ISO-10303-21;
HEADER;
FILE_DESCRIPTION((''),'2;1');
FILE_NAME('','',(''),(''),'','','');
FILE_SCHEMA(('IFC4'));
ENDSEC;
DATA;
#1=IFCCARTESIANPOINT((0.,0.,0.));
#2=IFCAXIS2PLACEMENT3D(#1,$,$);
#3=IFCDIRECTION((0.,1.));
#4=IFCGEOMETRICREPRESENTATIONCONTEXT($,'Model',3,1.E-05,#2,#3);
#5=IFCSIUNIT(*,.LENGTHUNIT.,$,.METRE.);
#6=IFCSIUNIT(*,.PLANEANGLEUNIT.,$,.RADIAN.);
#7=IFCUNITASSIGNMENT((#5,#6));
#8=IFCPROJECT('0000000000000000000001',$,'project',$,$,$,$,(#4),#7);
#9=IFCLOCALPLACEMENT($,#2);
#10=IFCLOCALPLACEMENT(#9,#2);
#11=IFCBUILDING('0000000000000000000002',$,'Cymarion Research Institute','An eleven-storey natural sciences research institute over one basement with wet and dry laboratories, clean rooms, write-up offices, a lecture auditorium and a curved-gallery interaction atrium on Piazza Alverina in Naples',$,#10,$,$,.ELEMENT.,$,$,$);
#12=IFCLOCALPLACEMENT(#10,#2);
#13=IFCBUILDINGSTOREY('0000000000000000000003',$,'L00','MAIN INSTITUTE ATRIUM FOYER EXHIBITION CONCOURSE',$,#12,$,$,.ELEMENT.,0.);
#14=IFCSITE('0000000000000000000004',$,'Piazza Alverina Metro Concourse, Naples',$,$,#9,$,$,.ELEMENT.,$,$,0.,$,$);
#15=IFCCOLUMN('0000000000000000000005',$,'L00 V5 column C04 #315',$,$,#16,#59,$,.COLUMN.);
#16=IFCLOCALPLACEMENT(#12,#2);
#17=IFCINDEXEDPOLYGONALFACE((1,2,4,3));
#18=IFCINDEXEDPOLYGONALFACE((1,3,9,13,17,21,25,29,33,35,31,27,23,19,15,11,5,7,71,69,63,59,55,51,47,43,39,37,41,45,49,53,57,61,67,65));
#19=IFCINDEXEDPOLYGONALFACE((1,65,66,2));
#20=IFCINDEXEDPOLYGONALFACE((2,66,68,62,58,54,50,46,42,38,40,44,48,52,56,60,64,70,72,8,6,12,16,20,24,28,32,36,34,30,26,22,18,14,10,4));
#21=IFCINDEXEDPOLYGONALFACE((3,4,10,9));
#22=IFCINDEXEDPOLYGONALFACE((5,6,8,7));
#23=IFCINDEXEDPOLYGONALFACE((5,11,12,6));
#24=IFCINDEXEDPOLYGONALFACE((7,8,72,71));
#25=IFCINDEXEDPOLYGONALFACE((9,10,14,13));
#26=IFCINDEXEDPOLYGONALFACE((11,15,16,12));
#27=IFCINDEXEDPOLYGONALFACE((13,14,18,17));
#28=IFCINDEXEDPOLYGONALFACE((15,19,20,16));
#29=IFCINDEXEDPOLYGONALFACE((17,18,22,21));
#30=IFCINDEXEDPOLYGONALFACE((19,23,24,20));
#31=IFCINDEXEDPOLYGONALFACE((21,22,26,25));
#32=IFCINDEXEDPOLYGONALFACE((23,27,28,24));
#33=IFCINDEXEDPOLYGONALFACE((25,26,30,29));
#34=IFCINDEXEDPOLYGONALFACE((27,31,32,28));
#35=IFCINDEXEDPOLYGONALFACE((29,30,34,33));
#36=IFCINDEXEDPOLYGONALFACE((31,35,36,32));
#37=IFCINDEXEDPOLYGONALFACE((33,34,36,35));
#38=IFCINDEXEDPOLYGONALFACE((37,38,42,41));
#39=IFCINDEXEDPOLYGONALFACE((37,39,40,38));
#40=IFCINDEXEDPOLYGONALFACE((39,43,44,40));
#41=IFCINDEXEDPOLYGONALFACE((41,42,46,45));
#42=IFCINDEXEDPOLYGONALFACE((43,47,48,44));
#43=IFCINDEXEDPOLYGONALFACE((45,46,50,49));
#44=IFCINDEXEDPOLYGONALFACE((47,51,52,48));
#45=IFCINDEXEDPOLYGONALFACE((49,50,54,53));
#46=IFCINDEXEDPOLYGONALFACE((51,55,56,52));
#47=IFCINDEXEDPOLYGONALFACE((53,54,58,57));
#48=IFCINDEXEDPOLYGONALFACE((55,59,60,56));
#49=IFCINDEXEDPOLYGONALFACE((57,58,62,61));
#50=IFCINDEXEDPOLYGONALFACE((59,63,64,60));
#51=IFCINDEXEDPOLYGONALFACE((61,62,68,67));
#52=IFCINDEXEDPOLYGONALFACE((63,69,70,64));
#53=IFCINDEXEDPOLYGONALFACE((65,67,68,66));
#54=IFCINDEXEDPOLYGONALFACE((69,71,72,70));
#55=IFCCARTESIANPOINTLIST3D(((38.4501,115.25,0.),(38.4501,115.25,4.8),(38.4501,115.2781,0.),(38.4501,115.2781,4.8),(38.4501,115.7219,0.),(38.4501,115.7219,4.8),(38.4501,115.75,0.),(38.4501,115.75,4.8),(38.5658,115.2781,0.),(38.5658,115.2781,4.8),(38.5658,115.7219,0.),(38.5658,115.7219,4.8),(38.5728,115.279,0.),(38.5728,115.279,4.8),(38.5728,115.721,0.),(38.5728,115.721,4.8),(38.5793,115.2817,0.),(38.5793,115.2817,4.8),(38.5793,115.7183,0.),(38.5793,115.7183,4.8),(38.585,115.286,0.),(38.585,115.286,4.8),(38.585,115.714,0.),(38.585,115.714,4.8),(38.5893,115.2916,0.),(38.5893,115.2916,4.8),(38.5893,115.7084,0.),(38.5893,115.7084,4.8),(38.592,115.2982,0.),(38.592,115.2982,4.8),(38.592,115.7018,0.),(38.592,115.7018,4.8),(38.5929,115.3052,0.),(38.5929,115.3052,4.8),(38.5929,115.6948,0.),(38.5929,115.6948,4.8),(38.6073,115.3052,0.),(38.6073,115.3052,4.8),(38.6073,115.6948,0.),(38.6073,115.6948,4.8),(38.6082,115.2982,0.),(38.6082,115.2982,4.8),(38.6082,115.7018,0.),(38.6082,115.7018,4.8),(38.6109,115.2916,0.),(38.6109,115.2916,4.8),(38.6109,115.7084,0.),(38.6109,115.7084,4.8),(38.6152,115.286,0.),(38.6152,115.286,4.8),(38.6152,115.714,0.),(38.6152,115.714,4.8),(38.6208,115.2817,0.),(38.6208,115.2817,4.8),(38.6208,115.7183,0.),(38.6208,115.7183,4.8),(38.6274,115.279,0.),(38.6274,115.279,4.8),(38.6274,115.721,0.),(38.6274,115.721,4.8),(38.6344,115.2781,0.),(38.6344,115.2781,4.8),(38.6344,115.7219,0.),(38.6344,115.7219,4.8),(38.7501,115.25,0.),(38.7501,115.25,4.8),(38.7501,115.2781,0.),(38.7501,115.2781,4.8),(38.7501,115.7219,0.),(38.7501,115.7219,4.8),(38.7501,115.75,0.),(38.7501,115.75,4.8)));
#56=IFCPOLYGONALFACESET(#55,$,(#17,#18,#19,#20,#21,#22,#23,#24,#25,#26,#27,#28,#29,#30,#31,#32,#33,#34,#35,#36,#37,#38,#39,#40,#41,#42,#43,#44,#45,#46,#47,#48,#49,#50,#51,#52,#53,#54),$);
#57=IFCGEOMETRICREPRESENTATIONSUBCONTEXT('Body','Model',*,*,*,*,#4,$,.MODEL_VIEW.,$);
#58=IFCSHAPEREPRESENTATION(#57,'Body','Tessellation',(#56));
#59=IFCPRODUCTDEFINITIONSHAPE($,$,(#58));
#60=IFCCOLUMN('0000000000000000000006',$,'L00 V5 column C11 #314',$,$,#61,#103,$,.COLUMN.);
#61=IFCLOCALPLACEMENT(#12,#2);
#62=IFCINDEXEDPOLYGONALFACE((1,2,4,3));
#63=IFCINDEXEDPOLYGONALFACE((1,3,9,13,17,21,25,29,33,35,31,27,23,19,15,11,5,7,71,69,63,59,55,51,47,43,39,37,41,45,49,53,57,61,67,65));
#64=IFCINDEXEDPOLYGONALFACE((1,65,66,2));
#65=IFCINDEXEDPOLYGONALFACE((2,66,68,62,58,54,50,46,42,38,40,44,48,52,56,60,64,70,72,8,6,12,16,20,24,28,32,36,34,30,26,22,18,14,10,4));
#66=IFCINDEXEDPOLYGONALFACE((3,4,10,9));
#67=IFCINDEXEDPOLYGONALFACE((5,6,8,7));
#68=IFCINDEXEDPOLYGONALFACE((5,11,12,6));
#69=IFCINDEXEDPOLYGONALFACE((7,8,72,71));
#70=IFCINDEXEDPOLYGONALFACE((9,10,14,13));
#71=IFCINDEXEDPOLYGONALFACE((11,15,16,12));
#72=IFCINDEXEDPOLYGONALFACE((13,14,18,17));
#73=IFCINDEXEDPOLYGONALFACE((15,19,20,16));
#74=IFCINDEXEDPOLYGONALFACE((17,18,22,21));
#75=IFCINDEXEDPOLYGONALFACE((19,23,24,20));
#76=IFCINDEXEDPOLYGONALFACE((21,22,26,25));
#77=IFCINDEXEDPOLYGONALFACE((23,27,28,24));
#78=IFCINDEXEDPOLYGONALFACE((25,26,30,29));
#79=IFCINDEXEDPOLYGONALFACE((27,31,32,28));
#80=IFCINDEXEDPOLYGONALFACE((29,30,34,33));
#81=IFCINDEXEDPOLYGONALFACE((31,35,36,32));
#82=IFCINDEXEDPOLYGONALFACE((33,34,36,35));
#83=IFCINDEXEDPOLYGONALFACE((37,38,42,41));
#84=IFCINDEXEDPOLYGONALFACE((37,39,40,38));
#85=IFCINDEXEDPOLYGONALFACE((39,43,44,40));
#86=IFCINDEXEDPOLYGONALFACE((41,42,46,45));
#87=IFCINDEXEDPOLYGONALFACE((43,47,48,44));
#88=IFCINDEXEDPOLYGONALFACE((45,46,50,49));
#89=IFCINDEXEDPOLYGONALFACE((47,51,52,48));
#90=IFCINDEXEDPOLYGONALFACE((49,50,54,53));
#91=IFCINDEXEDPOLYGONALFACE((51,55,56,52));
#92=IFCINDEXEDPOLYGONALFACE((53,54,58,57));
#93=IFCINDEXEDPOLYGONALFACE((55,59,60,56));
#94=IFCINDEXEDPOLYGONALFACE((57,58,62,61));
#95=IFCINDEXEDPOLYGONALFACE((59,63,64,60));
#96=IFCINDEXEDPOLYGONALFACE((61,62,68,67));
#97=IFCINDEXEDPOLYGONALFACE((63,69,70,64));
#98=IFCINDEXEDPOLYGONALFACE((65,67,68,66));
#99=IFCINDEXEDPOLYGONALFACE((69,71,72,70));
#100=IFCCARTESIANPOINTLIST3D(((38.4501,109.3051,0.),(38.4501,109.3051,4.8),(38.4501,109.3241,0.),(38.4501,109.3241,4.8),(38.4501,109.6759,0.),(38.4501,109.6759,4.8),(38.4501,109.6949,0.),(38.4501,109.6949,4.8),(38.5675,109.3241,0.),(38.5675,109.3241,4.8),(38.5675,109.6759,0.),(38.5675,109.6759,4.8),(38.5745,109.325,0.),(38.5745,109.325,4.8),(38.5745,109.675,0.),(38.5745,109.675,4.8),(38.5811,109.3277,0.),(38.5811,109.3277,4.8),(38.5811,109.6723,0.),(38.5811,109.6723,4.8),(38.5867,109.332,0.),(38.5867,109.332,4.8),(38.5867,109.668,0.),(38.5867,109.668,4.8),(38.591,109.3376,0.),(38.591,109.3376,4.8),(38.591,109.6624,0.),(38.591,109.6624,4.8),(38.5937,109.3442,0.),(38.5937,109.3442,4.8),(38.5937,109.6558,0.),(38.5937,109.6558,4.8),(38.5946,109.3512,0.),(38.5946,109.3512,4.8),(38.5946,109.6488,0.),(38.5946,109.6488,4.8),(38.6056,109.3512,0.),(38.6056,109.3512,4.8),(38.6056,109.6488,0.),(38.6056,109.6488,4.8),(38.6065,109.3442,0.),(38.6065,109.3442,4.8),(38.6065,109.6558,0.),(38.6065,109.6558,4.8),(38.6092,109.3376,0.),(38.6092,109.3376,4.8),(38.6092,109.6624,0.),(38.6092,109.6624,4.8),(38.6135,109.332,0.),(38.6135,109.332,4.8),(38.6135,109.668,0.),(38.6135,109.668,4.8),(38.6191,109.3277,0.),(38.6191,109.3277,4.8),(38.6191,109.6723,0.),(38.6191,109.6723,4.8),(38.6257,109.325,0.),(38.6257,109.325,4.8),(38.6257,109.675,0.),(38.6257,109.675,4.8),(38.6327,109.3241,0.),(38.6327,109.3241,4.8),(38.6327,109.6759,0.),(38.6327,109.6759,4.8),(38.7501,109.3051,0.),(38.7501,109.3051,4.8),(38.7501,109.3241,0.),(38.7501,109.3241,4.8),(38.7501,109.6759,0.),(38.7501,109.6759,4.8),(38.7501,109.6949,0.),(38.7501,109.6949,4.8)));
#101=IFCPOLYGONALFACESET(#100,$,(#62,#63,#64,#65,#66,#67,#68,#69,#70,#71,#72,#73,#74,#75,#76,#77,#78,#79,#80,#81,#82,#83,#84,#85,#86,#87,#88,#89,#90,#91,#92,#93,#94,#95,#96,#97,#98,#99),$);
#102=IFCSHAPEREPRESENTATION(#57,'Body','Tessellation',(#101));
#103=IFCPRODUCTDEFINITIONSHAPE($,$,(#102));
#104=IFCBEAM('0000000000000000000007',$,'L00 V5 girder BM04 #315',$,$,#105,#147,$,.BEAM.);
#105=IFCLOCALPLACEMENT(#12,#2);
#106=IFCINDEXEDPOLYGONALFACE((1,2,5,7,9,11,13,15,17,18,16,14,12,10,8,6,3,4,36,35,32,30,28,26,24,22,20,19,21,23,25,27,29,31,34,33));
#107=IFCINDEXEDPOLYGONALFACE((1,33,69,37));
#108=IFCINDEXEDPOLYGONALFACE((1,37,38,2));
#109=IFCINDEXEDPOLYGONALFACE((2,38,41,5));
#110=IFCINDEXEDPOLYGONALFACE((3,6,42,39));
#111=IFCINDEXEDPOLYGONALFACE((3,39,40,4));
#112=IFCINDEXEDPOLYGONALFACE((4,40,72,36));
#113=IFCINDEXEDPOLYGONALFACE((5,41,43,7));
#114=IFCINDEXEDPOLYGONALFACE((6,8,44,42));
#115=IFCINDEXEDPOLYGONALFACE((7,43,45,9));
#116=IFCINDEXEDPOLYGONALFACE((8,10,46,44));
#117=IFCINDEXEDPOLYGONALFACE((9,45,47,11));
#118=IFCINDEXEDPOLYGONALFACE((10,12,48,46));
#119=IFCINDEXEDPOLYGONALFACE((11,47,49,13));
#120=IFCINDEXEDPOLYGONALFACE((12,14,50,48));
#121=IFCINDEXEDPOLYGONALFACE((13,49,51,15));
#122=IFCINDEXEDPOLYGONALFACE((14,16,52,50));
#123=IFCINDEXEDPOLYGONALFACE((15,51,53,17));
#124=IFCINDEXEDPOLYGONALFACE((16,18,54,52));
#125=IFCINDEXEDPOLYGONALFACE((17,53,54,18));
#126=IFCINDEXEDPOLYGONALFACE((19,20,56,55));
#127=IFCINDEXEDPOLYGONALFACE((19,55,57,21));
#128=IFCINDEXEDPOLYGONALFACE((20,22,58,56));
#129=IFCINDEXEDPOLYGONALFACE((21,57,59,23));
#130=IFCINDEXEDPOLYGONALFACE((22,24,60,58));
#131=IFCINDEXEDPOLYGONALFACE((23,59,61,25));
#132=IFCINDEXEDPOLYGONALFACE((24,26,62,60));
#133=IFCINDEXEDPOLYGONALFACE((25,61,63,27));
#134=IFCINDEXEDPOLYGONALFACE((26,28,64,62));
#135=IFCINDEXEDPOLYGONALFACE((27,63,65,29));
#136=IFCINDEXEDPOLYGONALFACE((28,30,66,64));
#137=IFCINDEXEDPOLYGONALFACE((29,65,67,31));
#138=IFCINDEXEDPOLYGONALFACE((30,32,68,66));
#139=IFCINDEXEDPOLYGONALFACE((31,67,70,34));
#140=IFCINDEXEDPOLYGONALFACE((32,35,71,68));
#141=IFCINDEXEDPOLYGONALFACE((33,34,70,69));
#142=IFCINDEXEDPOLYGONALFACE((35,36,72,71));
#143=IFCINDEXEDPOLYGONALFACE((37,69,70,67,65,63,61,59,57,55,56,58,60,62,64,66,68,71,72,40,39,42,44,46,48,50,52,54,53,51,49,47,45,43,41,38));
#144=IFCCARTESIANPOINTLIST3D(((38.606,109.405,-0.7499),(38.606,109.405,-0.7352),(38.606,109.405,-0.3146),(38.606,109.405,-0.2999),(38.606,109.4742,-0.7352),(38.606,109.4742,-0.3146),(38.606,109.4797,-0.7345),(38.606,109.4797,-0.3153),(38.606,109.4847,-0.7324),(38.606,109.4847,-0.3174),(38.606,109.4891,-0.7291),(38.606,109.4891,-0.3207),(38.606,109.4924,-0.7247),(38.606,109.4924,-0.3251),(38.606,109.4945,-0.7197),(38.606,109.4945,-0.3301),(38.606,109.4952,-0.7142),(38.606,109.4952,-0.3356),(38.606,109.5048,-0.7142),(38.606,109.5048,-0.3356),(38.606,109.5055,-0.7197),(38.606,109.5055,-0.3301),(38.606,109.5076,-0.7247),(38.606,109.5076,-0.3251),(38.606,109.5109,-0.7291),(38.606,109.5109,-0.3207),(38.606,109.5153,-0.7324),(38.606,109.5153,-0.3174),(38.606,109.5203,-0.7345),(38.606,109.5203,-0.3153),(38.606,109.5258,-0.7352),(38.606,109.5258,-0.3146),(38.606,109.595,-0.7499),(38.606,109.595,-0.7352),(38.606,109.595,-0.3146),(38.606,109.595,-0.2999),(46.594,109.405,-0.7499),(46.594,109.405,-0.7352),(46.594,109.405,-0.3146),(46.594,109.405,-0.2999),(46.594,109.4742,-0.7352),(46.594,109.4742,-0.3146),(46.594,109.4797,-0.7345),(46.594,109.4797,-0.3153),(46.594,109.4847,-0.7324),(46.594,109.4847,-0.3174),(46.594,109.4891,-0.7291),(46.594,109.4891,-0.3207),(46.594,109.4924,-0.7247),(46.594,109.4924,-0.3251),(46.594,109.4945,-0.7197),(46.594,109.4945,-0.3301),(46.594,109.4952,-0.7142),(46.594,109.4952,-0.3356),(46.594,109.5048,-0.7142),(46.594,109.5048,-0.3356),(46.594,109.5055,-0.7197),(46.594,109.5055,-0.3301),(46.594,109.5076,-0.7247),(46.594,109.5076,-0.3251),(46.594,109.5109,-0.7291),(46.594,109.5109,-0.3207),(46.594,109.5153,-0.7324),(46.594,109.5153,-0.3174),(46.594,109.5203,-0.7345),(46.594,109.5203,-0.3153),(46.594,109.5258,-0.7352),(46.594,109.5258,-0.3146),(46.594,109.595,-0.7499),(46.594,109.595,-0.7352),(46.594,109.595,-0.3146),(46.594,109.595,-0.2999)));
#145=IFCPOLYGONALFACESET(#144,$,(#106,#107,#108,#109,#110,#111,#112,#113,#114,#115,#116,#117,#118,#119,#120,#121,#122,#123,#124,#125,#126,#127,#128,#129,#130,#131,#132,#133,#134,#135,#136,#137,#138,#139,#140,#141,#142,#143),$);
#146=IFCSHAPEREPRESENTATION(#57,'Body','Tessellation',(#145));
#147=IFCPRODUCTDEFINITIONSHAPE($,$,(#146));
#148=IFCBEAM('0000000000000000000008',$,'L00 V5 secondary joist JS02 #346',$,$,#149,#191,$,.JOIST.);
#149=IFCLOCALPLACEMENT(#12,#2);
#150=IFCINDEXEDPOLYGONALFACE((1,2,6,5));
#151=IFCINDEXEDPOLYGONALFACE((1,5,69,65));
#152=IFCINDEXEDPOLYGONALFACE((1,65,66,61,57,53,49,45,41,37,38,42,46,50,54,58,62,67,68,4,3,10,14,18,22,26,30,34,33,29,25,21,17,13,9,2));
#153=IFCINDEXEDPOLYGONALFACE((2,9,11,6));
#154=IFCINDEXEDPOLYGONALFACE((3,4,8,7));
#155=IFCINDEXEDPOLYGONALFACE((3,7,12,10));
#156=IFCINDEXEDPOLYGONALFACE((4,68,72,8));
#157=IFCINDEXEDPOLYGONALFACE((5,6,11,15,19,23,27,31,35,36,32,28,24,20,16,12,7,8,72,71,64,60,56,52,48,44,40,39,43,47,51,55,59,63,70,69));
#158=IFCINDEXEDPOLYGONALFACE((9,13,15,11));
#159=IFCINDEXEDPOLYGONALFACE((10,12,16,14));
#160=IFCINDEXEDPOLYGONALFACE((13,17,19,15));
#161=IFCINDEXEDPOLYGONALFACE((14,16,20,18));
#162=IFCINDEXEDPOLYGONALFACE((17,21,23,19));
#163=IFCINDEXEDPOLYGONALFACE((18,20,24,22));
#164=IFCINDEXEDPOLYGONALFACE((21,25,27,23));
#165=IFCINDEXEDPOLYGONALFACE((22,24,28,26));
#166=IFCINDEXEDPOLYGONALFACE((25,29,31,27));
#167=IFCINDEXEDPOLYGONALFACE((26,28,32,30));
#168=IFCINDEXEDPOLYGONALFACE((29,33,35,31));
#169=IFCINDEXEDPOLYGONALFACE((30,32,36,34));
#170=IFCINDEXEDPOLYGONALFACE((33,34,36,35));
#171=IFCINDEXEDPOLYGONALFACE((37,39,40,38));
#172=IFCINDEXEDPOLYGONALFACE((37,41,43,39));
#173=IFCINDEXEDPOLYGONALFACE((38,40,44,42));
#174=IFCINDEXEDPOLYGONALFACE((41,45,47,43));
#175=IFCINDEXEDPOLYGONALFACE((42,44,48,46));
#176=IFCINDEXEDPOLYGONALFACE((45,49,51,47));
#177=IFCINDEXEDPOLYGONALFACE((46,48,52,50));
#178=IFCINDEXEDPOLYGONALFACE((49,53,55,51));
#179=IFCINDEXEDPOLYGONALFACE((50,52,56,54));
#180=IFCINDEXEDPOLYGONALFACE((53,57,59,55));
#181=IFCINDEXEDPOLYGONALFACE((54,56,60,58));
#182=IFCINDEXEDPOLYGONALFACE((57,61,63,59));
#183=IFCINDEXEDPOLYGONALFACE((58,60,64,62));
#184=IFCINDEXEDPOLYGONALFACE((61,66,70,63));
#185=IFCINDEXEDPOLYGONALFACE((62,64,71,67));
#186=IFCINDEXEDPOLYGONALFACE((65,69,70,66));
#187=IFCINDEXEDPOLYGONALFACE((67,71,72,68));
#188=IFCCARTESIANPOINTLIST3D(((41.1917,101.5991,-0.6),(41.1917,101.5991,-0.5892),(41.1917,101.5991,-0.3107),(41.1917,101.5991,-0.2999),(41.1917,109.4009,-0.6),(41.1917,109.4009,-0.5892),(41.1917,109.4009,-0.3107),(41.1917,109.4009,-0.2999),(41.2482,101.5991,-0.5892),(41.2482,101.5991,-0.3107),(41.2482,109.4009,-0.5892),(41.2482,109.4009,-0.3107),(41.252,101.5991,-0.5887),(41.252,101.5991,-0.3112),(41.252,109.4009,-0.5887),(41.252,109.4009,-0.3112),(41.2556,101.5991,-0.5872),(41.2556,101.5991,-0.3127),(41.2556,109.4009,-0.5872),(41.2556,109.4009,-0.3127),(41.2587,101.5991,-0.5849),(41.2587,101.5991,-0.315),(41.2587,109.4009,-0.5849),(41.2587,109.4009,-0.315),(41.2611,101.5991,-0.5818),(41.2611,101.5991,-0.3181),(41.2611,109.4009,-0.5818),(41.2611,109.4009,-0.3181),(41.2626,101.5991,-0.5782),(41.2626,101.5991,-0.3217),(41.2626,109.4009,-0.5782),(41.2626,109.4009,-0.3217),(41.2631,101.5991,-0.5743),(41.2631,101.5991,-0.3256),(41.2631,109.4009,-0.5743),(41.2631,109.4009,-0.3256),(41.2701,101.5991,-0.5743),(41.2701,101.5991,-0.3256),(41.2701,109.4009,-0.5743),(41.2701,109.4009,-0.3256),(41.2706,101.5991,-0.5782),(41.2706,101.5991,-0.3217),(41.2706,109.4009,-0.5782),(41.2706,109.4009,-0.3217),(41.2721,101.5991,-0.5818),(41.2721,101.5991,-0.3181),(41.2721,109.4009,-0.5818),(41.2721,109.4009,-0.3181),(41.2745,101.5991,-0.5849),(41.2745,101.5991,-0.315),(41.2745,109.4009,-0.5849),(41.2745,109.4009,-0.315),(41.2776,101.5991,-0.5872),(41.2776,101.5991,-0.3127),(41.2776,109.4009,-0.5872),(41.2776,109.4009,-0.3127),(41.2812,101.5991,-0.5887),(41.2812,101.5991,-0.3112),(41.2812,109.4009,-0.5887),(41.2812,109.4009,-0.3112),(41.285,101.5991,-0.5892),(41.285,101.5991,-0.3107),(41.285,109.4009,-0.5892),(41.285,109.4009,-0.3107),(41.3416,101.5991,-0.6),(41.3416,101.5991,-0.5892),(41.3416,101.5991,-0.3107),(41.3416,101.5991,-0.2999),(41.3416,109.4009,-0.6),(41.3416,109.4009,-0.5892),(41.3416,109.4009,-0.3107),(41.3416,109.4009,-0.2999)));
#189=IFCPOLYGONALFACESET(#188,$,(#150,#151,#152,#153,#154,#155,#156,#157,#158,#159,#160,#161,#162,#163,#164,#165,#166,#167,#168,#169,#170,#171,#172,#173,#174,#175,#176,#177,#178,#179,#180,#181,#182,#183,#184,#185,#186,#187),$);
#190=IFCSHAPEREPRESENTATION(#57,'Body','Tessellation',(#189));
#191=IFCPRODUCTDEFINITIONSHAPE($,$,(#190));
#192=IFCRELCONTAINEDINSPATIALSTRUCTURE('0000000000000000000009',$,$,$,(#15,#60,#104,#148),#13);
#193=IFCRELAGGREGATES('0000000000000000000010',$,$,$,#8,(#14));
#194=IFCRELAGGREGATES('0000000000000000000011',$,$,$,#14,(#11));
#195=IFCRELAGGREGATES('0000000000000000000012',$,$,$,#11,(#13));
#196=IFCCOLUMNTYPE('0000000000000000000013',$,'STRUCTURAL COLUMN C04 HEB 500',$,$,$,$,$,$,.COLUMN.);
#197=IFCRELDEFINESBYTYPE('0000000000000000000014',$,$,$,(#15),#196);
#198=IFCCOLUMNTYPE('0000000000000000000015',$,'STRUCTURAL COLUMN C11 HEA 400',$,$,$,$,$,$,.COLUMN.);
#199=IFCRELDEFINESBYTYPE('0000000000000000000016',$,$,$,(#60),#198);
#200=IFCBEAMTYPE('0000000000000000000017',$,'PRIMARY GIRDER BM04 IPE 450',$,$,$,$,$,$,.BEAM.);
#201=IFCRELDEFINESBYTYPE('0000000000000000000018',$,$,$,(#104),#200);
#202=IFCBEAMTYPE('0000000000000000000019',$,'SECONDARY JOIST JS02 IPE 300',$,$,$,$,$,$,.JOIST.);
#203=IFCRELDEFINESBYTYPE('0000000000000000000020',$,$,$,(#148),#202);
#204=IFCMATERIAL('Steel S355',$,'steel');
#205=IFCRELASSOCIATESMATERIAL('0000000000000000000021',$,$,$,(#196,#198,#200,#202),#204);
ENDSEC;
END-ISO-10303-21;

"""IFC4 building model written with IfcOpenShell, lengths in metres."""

from ifc_helpers import new_model, si_unit, direction, frame, origin, origin_2d, place, context, subcontext, project, spatial, i_section, extrude, material, material_profile, profile_set, type_object, element, save


model = new_model("IFC4")

# Units and contexts
model_context = context("Model", 3, precision=1e-05, world=origin(), true_north=direction((0.0, 1.0)))
body_context = subcontext(model_context, "Body", "Model", "MODEL_VIEW")
ifc_project = project(units=[si_unit("LENGTHUNIT", "METRE"), si_unit("PLANEANGLEUNIT", "RADIAN")], contexts=[model_context])

# Site, building, storey
site_placement = place(None, origin())
site = spatial("IfcSite", under=ifc_project, at=site_placement, Name="Piazza Alverina Metro Concourse, Naples", CompositionType="ELEMENT", RefElevation=0.0)
building_placement = place(site_placement, origin())
building = spatial("IfcBuilding", under=site, at=building_placement, Name="Cymarion Research Institute", Description="An eleven-storey natural sciences research institute over one basement with wet and dry laboratories, clean rooms, write-up offices, a lecture auditorium and a curved-gallery interaction atrium on Piazza Alverina in Naples", CompositionType="ELEMENT")
storey_placement = place(building_placement, origin())
storey = spatial("IfcBuildingStorey", under=building, at=storey_placement, Name="L00", Description="MAIN INSTITUTE ATRIUM FOYER EXHIBITION CONCOURSE", CompositionType="ELEMENT", Elevation=0.0)

# Columns
ifc_material_1 = material(Name="Steel S355", Category="steel")
ifc_material_profile_1 = material_profile(ifc_material_1, i_section(OverallWidth=0.3, OverallDepth=0.5, WebThickness=0.0144, FlangeThickness=0.0281, FilletRadius=0.0271, at=origin_2d()), Name="HEB 500")
ifc_profile_set_1 = profile_set([ifc_material_profile_1], Name="Steel S355")
column_type_1 = type_object("IfcColumnType", Name="STRUCTURAL COLUMN C04 HEB 500", PredefinedType="COLUMN", material=ifc_profile_set_1)
column_1_placement = place(storey_placement, frame((38.6001, 115.5, 0.0), z_axis=(0.0, 0.0, 1.0), x_axis=(1.0, 0.0, 0.0)))
element("IfcColumn", 1, at=column_1_placement, inside=storey, type_object=column_type_1, Name="L00 V5 column C04 #315", PredefinedType="COLUMN", context=body_context, shape_type="SweptSolid", body=[
    extrude(i_section(OverallWidth=0.3, OverallDepth=0.5, WebThickness=0.0144, FlangeThickness=0.0281, FilletRadius=0.0271, at=origin_2d()), origin(), (0.0, 0.0, 1.0), 4.8),
])
ifc_material_profile_2 = material_profile(ifc_material_1, i_section(OverallWidth=0.3, OverallDepth=0.3899, WebThickness=0.011, FlangeThickness=0.019, FilletRadius=0.0271, at=origin_2d()), Name="HEA 400")
ifc_profile_set_2 = profile_set([ifc_material_profile_2], Name="Steel S355")
column_type_2 = type_object("IfcColumnType", Name="STRUCTURAL COLUMN C11 HEA 400", PredefinedType="COLUMN", material=ifc_profile_set_2)
column_2_placement = place(storey_placement, frame((38.6001, 109.5, 0.0), z_axis=(0.0, 0.0, 1.0), x_axis=(1.0, 0.0, 0.0)))
element("IfcColumn", 2, at=column_2_placement, inside=storey, type_object=column_type_2, Name="L00 V5 column C11 #314", PredefinedType="COLUMN", context=body_context, shape_type="SweptSolid", body=[
    extrude(i_section(OverallWidth=0.3, OverallDepth=0.3899, WebThickness=0.011, FlangeThickness=0.019, FilletRadius=0.0271, at=origin_2d()), origin(), (0.0, 0.0, 1.0), 4.8),
])

# Beams
ifc_material_profile_3 = material_profile(ifc_material_1, i_section(OverallWidth=0.1899, OverallDepth=0.45, WebThickness=0.0095, FlangeThickness=0.0146, FilletRadius=0.021, at=origin_2d()), Name="IPE 450")
ifc_profile_set_3 = profile_set([ifc_material_profile_3], Name="Steel S355")
beam_type_1 = type_object("IfcBeamType", Name="PRIMARY GIRDER BM04 IPE 450", PredefinedType="BEAM", material=ifc_profile_set_3)
beam_1_placement = place(storey_placement, frame((38.606, 109.5, -0.5249), z_axis=(1.0, 0.0, 0.0), x_axis=(0.0, 1.0, 0.0)))
element("IfcBeam", 3, at=beam_1_placement, inside=storey, type_object=beam_type_1, Name="L00 V5 girder BM04 #315", PredefinedType="BEAM", context=body_context, shape_type="SweptSolid", body=[
    extrude(i_section(OverallWidth=0.1899, OverallDepth=0.45, WebThickness=0.0095, FlangeThickness=0.0146, FilletRadius=0.021, at=origin_2d()), origin(), (0.0, 0.0, 1.0), 7.988),
])
ifc_material_profile_4 = material_profile(ifc_material_1, i_section(OverallWidth=0.1499, OverallDepth=0.3, WebThickness=0.0071, FlangeThickness=0.0107, FilletRadius=0.0149, at=origin_2d()), Name="IPE 300")
ifc_profile_set_4 = profile_set([ifc_material_profile_4], Name="Steel S355")
beam_type_2 = type_object("IfcBeamType", Name="SECONDARY JOIST JS02 IPE 300", PredefinedType="JOIST", material=ifc_profile_set_4)
beam_2_placement = place(storey_placement, frame((41.2666, 101.5991, -0.45), z_axis=(0.0, 1.0, 0.0), x_axis=(-1.0, 0.0, 0.0)))
element("IfcBeam", 4, at=beam_2_placement, inside=storey, type_object=beam_type_2, Name="L00 V5 secondary joist JS02 #346", PredefinedType="JOIST", context=body_context, shape_type="SweptSolid", body=[
    extrude(i_section(OverallWidth=0.1499, OverallDepth=0.3, WebThickness=0.0071, FlangeThickness=0.0107, FilletRadius=0.0149, at=origin_2d()), origin(), (0.0, 0.0, 1.0), 7.8018),
])

save(model, "model.ifc")
